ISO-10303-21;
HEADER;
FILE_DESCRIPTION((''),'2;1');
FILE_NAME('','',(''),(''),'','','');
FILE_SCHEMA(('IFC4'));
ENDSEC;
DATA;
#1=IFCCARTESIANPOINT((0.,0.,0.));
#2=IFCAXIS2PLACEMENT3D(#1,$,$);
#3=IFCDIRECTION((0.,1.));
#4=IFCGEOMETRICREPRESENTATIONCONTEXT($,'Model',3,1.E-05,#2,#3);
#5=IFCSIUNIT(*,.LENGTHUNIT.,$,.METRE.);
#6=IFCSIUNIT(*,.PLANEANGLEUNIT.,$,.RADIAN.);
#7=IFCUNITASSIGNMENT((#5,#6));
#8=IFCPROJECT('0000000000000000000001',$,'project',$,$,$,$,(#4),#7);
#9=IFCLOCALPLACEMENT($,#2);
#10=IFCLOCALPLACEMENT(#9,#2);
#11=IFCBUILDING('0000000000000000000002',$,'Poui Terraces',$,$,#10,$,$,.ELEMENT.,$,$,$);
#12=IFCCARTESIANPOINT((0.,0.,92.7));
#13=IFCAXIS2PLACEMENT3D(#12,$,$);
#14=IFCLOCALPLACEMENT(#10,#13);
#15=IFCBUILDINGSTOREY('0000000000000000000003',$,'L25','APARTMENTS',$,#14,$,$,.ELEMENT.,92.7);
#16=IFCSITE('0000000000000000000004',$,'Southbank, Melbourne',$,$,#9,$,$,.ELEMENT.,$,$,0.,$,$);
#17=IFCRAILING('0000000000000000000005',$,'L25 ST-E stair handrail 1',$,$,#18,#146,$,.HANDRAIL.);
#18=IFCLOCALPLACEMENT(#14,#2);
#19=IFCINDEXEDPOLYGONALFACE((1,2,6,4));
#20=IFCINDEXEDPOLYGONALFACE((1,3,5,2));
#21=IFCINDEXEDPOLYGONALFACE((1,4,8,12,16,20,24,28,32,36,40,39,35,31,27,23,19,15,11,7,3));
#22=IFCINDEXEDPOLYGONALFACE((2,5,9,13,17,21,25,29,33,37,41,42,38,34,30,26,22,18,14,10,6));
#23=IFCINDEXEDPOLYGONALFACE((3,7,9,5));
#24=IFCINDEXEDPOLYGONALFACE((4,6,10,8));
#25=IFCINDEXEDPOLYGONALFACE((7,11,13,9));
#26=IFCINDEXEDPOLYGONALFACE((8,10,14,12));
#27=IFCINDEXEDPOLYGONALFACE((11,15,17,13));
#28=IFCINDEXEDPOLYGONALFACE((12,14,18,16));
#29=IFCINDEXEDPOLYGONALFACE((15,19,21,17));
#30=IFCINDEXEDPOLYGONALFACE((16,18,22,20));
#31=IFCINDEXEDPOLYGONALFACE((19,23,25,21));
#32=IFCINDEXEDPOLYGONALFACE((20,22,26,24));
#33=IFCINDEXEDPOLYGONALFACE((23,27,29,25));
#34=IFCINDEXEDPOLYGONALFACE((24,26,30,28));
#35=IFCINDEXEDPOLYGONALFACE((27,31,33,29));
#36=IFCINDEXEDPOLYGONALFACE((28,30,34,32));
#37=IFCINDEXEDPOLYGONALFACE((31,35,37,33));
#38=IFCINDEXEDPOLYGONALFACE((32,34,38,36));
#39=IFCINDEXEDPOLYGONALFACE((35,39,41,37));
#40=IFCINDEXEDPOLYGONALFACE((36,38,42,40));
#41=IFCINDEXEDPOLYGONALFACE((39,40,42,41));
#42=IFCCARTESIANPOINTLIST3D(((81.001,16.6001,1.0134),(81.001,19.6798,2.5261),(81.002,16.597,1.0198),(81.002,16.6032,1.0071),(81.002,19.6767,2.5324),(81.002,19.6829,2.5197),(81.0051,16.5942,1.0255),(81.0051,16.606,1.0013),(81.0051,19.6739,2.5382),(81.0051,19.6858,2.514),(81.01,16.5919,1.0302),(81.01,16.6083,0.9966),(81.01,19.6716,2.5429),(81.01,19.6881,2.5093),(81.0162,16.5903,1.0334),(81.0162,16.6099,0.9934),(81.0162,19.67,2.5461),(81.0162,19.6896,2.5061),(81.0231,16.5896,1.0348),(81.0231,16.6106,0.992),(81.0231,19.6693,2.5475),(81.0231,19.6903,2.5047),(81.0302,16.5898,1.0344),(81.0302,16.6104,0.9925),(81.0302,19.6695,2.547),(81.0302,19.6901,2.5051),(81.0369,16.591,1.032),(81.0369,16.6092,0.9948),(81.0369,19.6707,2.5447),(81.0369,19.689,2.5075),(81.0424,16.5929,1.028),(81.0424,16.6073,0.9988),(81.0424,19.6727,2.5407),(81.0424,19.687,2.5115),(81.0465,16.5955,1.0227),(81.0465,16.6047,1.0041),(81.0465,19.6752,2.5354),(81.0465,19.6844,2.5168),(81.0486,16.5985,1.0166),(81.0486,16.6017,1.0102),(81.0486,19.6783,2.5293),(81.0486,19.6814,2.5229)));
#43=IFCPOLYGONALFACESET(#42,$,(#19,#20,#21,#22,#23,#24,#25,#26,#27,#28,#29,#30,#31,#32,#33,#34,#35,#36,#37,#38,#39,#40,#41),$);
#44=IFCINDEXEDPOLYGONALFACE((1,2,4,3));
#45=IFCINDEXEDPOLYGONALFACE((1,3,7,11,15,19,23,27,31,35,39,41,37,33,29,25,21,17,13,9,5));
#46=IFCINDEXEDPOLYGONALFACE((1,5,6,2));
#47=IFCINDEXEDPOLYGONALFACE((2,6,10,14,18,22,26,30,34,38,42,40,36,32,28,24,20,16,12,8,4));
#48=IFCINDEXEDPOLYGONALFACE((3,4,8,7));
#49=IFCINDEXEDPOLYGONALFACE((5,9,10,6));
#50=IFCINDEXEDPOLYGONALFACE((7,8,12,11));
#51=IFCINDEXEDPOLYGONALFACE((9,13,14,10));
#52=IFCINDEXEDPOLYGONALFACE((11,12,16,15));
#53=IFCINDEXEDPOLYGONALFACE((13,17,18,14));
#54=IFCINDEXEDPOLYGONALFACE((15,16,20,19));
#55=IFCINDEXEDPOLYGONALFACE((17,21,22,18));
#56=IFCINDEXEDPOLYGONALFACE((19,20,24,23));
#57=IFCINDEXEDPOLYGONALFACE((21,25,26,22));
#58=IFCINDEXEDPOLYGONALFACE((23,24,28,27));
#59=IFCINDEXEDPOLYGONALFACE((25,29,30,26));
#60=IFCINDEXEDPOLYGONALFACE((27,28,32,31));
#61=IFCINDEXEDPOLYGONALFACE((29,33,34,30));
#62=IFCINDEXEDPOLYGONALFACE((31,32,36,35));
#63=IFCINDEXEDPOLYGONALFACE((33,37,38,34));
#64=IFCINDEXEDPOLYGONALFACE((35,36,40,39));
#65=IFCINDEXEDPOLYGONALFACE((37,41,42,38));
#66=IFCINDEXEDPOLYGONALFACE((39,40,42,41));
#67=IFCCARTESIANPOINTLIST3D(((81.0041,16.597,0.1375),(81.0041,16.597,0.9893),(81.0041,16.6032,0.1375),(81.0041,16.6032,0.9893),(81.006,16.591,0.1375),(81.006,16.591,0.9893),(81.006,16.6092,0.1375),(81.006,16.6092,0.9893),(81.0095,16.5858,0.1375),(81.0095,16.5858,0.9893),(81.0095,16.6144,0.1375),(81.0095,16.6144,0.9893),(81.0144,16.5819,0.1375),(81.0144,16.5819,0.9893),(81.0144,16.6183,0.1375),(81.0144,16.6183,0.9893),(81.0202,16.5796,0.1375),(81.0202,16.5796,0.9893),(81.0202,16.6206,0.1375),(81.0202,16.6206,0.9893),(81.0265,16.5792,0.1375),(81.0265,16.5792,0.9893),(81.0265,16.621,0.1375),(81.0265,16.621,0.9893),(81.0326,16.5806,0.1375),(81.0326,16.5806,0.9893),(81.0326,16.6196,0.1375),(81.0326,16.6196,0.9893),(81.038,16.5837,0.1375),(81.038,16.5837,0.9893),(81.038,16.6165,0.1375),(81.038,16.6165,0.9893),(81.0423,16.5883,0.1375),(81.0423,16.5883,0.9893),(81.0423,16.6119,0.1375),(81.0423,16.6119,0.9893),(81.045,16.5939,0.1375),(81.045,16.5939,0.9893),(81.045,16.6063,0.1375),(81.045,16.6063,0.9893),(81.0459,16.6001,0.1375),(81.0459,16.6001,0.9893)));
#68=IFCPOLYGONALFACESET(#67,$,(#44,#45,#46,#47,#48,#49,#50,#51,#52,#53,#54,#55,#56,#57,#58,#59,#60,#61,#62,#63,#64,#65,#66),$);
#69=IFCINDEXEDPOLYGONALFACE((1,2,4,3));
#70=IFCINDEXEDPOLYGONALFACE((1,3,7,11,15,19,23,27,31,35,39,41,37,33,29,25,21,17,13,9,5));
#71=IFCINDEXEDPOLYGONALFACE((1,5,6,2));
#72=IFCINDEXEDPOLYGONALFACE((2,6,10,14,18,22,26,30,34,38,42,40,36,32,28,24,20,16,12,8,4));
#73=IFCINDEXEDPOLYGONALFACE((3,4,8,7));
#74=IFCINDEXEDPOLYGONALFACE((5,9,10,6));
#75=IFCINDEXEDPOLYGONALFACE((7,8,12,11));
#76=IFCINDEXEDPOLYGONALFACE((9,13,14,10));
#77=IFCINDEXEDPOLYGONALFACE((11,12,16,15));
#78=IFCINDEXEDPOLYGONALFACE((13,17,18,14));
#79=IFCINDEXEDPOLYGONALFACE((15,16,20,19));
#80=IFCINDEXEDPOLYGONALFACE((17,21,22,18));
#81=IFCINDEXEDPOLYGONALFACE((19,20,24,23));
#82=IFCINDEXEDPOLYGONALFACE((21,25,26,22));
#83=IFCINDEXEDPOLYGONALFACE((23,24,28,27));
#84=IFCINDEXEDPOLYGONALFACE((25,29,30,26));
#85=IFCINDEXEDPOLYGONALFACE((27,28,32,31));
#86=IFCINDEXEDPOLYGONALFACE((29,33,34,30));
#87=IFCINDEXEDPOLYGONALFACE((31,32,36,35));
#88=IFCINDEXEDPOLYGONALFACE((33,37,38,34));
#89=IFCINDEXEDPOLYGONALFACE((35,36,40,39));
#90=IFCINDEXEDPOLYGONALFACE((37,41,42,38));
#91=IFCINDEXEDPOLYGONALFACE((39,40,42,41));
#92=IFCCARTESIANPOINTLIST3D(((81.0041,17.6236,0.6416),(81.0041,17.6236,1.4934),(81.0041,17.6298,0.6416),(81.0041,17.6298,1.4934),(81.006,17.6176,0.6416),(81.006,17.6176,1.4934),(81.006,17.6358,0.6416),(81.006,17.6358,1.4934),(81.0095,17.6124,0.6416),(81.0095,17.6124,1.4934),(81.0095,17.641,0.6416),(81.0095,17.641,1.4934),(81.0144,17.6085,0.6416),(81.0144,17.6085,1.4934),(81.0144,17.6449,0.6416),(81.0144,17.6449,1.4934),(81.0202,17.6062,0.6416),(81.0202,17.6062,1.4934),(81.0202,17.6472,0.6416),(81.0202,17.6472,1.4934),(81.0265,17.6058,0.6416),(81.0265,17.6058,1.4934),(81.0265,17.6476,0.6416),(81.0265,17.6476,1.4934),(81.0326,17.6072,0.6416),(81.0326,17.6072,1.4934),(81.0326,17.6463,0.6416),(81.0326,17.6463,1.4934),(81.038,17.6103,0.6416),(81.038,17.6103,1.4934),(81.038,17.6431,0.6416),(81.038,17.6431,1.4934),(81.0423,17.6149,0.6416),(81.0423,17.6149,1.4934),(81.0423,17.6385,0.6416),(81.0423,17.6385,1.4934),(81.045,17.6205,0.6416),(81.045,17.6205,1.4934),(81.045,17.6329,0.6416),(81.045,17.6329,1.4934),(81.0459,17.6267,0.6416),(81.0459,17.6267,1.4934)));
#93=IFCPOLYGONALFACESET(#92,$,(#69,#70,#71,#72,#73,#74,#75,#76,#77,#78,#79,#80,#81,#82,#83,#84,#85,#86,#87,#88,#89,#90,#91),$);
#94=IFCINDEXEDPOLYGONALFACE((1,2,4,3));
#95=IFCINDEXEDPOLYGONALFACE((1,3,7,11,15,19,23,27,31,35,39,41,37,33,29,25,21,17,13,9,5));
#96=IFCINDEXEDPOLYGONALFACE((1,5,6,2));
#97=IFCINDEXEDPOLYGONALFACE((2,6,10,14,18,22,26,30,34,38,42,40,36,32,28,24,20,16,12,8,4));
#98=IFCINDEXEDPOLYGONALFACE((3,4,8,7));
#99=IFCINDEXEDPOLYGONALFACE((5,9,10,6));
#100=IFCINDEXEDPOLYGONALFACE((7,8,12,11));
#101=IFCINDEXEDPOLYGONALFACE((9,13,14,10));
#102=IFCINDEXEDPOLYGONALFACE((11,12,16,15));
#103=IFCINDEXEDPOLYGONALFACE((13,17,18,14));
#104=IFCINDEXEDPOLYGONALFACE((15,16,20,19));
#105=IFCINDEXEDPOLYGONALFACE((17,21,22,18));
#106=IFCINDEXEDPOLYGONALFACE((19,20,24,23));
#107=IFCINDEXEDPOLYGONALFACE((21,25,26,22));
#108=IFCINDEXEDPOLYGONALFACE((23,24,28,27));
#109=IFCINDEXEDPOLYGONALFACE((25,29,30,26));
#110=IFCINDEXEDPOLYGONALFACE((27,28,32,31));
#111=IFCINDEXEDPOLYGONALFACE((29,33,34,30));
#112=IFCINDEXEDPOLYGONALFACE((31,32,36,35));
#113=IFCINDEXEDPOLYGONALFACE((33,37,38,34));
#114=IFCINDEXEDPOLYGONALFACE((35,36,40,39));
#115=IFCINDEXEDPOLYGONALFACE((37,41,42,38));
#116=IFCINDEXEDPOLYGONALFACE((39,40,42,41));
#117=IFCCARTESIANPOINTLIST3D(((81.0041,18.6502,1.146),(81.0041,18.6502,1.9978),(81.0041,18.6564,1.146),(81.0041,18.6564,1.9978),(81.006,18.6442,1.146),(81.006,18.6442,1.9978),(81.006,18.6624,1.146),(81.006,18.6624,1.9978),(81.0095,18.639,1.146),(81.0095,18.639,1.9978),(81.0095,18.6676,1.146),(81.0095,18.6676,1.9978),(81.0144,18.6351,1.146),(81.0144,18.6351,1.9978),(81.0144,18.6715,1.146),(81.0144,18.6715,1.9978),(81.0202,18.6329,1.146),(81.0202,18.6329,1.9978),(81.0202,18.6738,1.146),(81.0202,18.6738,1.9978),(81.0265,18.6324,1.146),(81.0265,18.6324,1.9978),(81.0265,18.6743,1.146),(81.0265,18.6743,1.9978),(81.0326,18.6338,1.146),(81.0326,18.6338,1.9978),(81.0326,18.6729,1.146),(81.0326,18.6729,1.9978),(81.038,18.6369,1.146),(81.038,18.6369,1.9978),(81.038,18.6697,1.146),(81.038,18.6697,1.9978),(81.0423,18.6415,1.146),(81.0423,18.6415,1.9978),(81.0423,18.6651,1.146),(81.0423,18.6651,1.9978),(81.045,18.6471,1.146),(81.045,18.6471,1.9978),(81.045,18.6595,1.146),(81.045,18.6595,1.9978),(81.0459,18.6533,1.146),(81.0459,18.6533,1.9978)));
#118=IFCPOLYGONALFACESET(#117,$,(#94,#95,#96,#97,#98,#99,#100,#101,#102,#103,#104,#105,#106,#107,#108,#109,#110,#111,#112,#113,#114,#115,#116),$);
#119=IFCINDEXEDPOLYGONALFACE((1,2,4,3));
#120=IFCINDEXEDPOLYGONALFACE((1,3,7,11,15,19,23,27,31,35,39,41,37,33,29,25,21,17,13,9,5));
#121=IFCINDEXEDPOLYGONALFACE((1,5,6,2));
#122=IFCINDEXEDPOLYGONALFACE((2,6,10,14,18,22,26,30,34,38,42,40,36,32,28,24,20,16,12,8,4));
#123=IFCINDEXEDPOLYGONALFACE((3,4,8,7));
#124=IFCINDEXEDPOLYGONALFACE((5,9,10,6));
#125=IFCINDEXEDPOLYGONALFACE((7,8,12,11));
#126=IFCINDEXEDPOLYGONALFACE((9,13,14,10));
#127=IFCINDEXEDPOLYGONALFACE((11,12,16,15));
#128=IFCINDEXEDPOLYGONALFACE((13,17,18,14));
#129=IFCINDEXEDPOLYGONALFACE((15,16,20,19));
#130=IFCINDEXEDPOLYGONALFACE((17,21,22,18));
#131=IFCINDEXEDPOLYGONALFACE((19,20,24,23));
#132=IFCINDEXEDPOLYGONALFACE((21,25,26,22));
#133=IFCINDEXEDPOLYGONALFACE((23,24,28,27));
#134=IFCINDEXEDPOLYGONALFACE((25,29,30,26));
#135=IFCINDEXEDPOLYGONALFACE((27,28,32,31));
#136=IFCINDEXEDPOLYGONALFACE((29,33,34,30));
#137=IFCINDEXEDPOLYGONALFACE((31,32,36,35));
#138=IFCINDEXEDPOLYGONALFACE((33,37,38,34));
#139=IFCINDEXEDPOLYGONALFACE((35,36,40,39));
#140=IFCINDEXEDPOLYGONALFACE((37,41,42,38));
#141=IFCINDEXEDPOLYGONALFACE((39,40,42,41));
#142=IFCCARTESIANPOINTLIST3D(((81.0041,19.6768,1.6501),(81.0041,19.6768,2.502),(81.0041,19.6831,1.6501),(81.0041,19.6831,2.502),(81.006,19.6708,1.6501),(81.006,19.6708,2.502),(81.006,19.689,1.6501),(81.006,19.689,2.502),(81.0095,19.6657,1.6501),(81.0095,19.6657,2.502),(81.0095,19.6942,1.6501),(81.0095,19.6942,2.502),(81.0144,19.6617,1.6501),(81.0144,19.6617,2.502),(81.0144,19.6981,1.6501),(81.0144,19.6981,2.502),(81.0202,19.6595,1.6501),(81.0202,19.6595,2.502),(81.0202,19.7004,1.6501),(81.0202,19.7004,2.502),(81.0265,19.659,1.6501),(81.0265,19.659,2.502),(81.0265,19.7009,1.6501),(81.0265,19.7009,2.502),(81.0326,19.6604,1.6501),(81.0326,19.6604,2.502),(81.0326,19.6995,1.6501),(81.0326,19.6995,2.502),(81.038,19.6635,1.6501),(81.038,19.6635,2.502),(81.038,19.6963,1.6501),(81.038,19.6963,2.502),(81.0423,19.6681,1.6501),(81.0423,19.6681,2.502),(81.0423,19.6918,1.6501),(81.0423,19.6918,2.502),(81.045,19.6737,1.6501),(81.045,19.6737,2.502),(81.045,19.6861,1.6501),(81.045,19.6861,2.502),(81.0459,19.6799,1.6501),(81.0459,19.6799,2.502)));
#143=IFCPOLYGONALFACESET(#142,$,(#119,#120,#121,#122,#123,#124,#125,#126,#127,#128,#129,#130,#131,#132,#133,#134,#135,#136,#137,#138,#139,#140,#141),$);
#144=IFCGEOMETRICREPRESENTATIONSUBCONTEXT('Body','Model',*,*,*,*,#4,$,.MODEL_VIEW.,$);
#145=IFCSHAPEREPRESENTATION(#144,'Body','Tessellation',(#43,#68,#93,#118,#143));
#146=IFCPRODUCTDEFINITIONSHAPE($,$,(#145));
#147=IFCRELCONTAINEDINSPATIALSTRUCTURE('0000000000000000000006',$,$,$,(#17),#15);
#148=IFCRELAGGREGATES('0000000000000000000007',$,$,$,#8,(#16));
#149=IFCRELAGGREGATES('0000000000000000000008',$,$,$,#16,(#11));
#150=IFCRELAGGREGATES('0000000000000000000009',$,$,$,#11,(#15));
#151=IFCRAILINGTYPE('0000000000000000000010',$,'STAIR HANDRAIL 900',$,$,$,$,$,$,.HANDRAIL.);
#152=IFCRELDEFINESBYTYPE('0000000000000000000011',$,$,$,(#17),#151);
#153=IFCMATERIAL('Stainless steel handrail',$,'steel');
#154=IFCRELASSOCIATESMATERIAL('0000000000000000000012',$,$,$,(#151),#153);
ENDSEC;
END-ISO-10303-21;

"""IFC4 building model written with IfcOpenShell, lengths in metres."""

from ifc_helpers import new_model, si_unit, direction, frame, origin, origin_2d, place, context, subcontext, project, spatial, circle, extrude, material, type_object, element, save


model = new_model("IFC4")

# Units and contexts
model_context = context("Model", 3, precision=1e-05, world=origin(), true_north=direction((0.0, 1.0)))
body_context = subcontext(model_context, "Body", "Model", "MODEL_VIEW")
ifc_project = project(units=[si_unit("LENGTHUNIT", "METRE"), si_unit("PLANEANGLEUNIT", "RADIAN")], contexts=[model_context])

# Site, building, storey
site_placement = place(None, origin())
site = spatial("IfcSite", under=ifc_project, at=site_placement, Name="Southbank, Melbourne", CompositionType="ELEMENT", RefElevation=0.0)
building_placement = place(site_placement, origin())
building = spatial("IfcBuilding", under=site, at=building_placement, Name="Poui Terraces", CompositionType="ELEMENT")
storey_placement = place(building_placement, frame((0.0, 0.0, 92.7)))
storey = spatial("IfcBuildingStorey", under=building, at=storey_placement, Name="L25", Description="APARTMENTS", CompositionType="ELEMENT", Elevation=92.7)

# Railing
ifc_material_1 = material(Name="Stainless steel handrail", Category="steel")
railing_type = type_object("IfcRailingType", Name="STAIR HANDRAIL 900", PredefinedType="HANDRAIL", material=ifc_material_1)
railing_placement = place(storey_placement, frame((81.0249, 16.6001, 0.1375)))
element("IfcRailing", 1, at=railing_placement, inside=storey, type_object=railing_type, Name="L25 ST-E stair handrail 1", PredefinedType="HANDRAIL", context=body_context, shape_type="SweptSolid", body=[
    extrude(circle(Radius=0.0239, at=origin_2d()), frame((0.0, 0.0, 0.876), z_axis=(0.0, 0.897578, 0.440856), x_axis=(-1.0, 0.0, 0.0)), (0.0, 0.0, 1.0), 3.4312),
    extrude(circle(Radius=0.021, at=origin_2d()), origin(), (0.0, 0.0, 1.0), 0.8518),
    extrude(circle(Radius=0.021, at=origin_2d()), frame((0.0, 1.0266, 0.5042)), (0.0, 0.0, 1.0), 0.8518),
    extrude(circle(Radius=0.021, at=origin_2d()), frame((0.0, 2.0532, 1.0085)), (0.0, 0.0, 1.0), 0.8518),
    extrude(circle(Radius=0.021, at=origin_2d()), frame((0.0, 3.0798, 1.5127)), (0.0, 0.0, 1.0), 0.8518),
])

save(model, "model.ifc")
